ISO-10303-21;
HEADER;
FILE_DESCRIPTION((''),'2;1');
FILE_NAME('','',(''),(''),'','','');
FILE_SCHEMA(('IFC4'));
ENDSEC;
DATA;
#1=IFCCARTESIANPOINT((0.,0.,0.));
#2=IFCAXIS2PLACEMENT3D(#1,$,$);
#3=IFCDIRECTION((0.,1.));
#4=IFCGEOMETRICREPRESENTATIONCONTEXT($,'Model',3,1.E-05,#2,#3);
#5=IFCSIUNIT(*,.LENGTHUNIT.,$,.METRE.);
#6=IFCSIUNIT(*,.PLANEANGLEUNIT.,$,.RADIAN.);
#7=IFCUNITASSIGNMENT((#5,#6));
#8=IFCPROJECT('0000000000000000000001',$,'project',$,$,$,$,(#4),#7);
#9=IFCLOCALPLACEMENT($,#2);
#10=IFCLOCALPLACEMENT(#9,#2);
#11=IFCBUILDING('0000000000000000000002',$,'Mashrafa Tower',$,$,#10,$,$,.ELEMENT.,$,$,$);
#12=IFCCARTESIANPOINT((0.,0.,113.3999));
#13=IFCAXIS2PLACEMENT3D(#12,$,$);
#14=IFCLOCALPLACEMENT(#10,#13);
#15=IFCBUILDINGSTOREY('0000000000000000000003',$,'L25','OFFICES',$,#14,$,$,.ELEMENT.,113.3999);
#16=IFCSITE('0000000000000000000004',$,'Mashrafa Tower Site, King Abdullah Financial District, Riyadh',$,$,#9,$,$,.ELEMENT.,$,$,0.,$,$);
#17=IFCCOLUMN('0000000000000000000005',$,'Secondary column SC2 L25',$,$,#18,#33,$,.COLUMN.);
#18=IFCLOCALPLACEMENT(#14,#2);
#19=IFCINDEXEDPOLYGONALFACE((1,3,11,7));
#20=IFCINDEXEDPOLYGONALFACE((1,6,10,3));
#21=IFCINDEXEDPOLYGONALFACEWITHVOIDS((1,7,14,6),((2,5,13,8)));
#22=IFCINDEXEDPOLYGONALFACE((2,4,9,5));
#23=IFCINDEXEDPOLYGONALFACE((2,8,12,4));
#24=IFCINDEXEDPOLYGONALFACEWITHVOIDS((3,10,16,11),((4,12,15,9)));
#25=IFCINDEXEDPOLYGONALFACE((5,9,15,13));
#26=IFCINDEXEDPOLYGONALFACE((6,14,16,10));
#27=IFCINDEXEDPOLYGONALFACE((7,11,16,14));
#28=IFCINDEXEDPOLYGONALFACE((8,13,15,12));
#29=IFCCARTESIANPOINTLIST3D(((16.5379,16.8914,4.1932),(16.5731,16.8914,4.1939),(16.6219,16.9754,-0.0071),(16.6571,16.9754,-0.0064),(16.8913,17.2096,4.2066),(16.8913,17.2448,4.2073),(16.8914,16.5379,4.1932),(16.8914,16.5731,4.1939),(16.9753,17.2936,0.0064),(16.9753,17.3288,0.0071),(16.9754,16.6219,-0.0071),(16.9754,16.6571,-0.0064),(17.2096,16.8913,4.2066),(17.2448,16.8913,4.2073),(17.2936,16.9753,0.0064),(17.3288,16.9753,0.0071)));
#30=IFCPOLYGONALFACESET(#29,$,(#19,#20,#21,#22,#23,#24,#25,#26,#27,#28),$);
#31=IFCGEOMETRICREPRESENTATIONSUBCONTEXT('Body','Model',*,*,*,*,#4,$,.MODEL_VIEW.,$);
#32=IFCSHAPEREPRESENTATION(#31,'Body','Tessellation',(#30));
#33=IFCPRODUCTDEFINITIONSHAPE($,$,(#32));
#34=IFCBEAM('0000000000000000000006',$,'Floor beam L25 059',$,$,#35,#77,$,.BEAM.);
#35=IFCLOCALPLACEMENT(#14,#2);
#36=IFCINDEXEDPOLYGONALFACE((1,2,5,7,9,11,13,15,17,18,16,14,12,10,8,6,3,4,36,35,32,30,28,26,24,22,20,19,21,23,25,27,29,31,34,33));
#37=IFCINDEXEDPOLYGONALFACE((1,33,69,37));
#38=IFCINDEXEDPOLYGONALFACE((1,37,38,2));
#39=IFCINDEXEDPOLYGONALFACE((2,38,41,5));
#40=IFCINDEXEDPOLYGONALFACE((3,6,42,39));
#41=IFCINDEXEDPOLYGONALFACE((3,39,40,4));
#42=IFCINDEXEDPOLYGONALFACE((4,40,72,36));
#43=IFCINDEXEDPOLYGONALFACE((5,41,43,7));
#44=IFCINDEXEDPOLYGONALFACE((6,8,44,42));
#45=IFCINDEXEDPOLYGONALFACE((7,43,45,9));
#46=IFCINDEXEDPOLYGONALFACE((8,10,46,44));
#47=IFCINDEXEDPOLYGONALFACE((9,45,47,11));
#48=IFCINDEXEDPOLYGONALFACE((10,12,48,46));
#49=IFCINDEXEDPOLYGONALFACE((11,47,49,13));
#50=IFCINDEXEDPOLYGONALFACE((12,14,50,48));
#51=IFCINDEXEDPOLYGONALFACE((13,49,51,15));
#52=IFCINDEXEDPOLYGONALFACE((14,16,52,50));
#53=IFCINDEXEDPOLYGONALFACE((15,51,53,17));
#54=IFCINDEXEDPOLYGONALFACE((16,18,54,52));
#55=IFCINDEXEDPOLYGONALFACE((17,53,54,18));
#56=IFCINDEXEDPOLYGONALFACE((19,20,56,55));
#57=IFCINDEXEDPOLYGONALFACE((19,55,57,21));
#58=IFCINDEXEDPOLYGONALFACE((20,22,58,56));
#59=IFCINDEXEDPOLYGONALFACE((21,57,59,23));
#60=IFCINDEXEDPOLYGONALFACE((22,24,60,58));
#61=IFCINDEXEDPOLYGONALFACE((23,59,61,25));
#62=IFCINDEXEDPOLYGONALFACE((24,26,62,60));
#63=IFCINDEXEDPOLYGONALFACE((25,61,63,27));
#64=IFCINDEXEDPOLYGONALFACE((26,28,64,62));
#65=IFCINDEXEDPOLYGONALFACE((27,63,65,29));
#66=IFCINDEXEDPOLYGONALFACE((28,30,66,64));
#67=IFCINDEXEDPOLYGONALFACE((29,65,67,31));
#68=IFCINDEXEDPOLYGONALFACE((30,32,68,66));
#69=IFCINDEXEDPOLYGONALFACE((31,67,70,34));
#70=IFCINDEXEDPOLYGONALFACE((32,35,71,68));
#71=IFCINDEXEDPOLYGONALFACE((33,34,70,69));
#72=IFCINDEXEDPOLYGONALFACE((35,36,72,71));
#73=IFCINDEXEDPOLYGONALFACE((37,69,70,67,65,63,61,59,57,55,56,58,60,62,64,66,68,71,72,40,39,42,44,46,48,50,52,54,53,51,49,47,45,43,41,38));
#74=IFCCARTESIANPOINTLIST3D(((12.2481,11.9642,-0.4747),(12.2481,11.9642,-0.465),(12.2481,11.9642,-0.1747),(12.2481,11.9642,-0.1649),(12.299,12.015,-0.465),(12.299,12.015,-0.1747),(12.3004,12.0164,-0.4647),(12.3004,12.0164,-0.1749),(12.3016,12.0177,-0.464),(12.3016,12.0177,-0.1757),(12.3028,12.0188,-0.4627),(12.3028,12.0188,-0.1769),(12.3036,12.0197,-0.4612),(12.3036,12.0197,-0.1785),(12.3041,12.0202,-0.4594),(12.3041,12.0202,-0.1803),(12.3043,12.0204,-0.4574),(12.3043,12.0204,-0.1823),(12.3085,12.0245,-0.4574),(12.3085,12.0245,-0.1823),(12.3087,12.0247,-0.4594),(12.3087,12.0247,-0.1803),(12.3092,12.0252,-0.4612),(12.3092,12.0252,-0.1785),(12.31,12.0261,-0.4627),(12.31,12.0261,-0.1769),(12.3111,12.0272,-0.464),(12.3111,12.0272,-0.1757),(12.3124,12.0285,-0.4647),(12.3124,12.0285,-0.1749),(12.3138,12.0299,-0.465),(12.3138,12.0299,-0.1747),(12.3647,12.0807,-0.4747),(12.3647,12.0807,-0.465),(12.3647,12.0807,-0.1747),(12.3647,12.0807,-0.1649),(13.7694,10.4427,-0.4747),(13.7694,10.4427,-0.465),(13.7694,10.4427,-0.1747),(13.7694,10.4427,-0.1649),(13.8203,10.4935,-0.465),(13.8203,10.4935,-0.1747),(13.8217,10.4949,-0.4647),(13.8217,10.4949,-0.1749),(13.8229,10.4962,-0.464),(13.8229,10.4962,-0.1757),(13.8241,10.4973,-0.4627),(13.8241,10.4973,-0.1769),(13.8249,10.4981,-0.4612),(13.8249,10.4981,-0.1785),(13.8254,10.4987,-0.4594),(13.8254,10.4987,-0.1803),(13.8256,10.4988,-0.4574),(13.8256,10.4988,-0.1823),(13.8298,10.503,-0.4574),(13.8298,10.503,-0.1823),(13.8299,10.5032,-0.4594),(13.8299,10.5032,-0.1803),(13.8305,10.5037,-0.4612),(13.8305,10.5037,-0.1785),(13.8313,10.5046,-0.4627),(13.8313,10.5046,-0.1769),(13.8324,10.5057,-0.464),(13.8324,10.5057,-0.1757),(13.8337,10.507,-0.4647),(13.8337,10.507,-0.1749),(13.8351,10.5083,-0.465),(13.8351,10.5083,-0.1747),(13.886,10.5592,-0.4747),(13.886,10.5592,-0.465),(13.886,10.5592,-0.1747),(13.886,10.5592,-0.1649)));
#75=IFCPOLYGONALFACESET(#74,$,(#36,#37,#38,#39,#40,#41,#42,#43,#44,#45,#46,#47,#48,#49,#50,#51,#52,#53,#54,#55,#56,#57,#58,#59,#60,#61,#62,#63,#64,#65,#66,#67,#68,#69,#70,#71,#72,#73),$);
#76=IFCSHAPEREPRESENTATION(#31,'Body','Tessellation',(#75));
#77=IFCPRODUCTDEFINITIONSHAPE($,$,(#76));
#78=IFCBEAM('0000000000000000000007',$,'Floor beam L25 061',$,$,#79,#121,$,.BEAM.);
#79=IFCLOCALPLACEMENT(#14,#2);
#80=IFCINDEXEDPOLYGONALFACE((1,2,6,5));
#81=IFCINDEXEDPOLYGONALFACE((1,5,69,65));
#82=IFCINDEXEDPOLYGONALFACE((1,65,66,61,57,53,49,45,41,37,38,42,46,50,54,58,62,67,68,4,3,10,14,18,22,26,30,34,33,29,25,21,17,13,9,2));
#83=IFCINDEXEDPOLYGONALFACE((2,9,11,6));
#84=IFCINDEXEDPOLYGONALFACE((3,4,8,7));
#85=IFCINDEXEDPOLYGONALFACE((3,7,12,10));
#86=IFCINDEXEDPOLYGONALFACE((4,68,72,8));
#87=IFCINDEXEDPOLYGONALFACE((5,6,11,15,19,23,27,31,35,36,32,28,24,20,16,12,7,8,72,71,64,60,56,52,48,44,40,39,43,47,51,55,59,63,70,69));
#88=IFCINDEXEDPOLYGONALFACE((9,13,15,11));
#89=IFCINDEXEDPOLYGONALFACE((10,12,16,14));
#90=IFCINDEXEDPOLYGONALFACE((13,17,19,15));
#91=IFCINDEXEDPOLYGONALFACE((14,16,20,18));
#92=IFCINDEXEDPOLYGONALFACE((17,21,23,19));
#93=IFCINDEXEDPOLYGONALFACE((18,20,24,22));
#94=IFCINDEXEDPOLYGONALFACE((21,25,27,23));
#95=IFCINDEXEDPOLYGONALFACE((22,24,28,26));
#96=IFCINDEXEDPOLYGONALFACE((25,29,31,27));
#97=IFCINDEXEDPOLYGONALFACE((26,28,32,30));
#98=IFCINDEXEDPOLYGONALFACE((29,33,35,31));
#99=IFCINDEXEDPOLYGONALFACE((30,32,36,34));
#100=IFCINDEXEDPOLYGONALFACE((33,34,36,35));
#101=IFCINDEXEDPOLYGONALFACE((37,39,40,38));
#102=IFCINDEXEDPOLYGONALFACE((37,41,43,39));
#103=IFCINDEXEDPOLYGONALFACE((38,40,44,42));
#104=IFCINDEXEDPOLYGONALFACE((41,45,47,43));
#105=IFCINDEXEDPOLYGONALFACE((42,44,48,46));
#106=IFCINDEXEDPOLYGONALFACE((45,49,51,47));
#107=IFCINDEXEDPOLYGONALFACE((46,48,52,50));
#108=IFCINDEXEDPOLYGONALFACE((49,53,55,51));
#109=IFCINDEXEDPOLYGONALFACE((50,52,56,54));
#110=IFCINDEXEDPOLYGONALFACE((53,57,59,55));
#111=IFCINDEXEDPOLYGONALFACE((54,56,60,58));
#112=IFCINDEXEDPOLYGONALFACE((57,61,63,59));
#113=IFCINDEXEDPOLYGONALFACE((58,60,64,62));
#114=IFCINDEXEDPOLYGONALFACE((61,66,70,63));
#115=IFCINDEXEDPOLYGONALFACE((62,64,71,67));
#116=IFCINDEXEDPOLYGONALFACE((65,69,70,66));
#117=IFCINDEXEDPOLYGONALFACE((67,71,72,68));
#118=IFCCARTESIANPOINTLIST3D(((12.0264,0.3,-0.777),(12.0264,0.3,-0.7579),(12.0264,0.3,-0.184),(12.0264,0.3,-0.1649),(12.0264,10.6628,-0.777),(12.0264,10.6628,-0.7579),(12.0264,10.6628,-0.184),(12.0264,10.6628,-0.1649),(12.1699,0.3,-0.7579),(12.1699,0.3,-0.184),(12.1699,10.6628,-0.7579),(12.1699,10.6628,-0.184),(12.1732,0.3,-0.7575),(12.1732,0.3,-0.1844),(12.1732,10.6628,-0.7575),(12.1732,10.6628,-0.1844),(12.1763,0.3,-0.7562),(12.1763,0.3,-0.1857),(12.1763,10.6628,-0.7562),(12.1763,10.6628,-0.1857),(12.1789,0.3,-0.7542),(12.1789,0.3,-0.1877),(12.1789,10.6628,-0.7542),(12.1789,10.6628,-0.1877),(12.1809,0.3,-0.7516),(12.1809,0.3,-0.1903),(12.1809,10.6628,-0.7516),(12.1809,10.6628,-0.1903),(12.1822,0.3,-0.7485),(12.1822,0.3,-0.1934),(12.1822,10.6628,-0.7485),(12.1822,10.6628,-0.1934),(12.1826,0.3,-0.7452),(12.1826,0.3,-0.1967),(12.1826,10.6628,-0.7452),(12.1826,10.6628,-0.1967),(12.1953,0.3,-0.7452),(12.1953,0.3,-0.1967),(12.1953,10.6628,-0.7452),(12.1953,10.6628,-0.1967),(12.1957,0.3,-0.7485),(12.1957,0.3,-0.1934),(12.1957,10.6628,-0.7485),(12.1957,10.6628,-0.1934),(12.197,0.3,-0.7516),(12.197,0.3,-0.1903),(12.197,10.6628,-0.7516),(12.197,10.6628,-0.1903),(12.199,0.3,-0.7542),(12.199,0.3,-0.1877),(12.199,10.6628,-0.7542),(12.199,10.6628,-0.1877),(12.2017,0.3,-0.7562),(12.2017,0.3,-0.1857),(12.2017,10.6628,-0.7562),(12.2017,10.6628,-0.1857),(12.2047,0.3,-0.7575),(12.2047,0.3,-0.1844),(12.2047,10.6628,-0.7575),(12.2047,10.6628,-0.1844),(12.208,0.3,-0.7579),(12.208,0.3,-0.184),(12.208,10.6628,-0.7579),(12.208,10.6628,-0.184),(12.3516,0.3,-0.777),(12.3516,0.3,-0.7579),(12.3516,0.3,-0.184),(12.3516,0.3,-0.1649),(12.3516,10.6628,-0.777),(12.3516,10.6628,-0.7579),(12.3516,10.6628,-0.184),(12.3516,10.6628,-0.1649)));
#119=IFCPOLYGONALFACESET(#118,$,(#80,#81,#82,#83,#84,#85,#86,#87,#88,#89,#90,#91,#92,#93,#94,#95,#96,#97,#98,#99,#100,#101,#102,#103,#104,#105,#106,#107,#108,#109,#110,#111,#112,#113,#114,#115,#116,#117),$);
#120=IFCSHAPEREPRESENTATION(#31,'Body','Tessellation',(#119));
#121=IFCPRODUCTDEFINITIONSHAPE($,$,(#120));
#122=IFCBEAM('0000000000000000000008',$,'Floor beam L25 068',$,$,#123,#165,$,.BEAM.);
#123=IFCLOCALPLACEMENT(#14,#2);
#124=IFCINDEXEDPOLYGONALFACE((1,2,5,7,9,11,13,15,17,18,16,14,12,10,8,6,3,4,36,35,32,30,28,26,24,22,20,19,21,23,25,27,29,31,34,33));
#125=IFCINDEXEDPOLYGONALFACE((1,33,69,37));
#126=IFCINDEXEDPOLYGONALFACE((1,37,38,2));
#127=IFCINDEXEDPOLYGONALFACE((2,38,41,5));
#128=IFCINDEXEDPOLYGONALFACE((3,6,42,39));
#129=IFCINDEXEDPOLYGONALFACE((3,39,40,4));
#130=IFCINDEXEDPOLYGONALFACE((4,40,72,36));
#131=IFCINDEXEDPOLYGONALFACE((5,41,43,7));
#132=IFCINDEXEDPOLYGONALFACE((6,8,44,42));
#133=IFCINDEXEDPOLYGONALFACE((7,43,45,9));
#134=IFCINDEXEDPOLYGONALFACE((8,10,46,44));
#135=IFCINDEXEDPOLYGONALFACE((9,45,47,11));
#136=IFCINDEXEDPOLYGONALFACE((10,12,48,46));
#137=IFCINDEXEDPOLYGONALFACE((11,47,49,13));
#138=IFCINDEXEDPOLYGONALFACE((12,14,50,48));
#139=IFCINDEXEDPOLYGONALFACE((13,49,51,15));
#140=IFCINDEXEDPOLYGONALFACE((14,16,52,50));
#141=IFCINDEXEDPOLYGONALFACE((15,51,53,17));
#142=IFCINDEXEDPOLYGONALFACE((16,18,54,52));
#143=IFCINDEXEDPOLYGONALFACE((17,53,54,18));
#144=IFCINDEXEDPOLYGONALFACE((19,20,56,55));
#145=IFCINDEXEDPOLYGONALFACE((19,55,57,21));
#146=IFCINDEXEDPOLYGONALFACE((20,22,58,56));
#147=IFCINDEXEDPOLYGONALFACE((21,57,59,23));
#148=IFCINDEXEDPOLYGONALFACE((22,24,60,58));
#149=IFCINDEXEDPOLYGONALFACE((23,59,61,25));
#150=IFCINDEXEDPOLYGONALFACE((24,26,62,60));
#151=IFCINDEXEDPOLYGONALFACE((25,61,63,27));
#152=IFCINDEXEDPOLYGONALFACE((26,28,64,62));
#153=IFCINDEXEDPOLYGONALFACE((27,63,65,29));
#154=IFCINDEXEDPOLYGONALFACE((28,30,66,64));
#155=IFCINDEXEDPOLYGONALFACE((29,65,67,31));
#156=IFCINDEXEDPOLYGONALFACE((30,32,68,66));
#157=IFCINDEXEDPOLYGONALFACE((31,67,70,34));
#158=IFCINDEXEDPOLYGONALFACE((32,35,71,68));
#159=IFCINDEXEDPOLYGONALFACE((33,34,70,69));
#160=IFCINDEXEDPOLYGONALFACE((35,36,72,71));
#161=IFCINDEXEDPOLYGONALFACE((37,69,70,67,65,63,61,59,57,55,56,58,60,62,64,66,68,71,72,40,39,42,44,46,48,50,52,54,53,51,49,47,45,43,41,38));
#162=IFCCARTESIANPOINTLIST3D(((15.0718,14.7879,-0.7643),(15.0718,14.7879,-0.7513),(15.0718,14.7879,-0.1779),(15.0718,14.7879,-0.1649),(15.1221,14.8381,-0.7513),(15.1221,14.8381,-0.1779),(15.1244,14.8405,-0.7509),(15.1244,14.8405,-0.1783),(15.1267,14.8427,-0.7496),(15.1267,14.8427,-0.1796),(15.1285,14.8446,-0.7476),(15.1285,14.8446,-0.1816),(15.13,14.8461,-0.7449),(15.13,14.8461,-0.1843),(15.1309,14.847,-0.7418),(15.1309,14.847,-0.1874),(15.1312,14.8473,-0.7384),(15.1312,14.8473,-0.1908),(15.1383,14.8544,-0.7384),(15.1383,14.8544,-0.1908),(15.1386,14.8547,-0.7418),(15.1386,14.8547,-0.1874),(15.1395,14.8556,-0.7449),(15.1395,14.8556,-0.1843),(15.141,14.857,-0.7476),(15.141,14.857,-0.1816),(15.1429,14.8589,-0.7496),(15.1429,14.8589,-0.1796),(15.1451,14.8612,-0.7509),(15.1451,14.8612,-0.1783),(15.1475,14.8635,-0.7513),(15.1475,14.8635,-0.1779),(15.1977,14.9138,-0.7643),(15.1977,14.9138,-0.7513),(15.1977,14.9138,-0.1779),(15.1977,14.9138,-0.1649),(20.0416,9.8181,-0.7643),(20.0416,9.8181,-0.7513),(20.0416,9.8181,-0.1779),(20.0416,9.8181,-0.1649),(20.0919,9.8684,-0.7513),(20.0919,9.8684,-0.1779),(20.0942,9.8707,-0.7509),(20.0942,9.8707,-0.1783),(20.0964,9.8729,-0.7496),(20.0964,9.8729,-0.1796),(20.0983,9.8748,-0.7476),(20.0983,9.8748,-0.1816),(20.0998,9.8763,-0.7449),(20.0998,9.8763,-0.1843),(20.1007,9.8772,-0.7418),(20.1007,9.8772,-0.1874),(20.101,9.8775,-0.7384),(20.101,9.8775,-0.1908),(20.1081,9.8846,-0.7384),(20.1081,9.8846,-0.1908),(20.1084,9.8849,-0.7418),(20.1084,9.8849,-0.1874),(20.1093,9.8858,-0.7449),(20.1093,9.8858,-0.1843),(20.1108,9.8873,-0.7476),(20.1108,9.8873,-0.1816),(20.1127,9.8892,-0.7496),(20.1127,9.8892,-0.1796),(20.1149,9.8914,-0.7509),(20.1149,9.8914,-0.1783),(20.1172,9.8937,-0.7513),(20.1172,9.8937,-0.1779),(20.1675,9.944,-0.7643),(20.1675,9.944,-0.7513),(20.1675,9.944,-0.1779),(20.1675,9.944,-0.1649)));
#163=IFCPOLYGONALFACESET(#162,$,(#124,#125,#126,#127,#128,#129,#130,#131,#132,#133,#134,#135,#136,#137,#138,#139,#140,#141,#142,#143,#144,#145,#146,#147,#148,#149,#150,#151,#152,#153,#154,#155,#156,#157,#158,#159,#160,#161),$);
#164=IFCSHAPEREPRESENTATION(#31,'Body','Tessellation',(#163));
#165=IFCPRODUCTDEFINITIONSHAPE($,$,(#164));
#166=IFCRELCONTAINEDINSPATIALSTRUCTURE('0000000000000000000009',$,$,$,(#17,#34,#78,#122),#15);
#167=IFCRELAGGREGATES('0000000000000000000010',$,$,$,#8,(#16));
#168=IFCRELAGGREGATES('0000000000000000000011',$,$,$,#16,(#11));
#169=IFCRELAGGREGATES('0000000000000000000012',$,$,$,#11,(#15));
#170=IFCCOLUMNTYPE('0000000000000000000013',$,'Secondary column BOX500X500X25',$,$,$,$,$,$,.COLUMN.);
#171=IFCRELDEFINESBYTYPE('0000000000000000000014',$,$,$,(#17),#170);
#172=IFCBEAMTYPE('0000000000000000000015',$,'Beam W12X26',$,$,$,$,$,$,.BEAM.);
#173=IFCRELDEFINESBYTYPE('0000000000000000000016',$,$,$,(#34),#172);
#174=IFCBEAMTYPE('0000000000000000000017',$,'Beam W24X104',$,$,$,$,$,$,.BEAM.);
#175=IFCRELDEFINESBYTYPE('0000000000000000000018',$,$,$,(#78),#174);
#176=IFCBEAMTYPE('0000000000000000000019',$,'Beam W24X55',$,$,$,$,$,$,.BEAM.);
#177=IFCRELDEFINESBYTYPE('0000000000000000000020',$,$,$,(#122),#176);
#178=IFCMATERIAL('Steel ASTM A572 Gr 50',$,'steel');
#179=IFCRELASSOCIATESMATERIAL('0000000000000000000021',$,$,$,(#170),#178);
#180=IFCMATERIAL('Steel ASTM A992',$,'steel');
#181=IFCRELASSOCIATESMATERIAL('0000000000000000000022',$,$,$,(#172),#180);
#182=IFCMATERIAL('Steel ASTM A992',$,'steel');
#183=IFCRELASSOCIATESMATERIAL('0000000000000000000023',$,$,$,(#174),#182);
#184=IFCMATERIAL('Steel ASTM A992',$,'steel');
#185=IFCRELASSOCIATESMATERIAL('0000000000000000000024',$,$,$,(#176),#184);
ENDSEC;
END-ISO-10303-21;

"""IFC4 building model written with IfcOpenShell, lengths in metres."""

from ifc_helpers import new_model, si_unit, direction, frame, origin, origin_2d, place, context, subcontext, project, spatial, hollow_rectangle, i_section, extrude, material, material_profile, profile_set, type_object, element, save


model = new_model("IFC4")

# Units and contexts
model_context = context("Model", 3, precision=1e-05, world=origin(), true_north=direction((0.0, 1.0)))
body_context = subcontext(model_context, "Body", "Model", "MODEL_VIEW")
ifc_project = project(units=[si_unit("LENGTHUNIT", "METRE"), si_unit("PLANEANGLEUNIT", "RADIAN")], contexts=[model_context])

# Site, building, storey
site_placement = place(None, origin())
site = spatial("IfcSite", under=ifc_project, at=site_placement, Name="Mashrafa Tower Site, King Abdullah Financial District, Riyadh", CompositionType="ELEMENT", RefElevation=0.0)
building_placement = place(site_placement, origin())
building = spatial("IfcBuilding", under=site, at=building_placement, Name="Mashrafa Tower", CompositionType="ELEMENT")
storey_placement = place(building_placement, frame((0.0, 0.0, 113.3999)))
storey = spatial("IfcBuildingStorey", under=building, at=storey_placement, Name="L25", Description="OFFICES", CompositionType="ELEMENT", Elevation=113.3999)

# Column
ifc_material_1 = material(Name="Steel ASTM A572 Gr 50", Category="steel")
ifc_material_profile_1 = material_profile(ifc_material_1, hollow_rectangle(XDim=0.5, YDim=0.5, WallThickness=0.0249, at=origin_2d()), Name="BOX500X500X25")
ifc_profile_set_1 = profile_set([ifc_material_profile_1], Name="Steel ASTM A572 Gr 50")
column_type = type_object("IfcColumnType", Name="Secondary column BOX500X500X25", PredefinedType="COLUMN", material=ifc_profile_set_1)
column_placement = place(storey_placement, frame((16.9753, 16.9753, 0.0), z_axis=(-0.019987, -0.019987, 0.9996), x_axis=(0.707107, -0.707107, 0.0)))
element("IfcColumn", 1, at=column_placement, inside=storey, type_object=column_type, Name="Secondary column SC2 L25", PredefinedType="COLUMN", context=body_context, shape_type="SweptSolid", body=[
    extrude(hollow_rectangle(XDim=0.5, YDim=0.5, WallThickness=0.0249, at=origin_2d()), origin(), (0.0, 0.0, 1.0), 4.2019),
])

# Beams
ifc_material_2 = material(Name="Steel ASTM A992", Category="steel")
ifc_material_profile_2 = material_profile(ifc_material_2, i_section(OverallWidth=0.1648, OverallDepth=0.3098, WebThickness=0.0059, FlangeThickness=0.0098, FilletRadius=0.0076, at=origin_2d()), Name="W12X26")
ifc_profile_set_2 = profile_set([ifc_material_profile_2], Name="Steel ASTM A992")
beam_type_1 = type_object("IfcBeamType", Name="Beam W12X26", PredefinedType="BEAM", material=ifc_profile_set_2)
beam_1_placement = place(storey_placement, frame((12.3064, 12.0225, -0.3198), z_axis=(0.70705, -0.707164, 0.0), x_axis=(0.707164, 0.70705, 0.0)))
element("IfcBeam", 2, at=beam_1_placement, inside=storey, type_object=beam_type_1, Name="Floor beam L25 059", PredefinedType="BEAM", context=body_context, shape_type="SweptSolid", body=[
    extrude(i_section(OverallWidth=0.1648, OverallDepth=0.3098, WebThickness=0.0059, FlangeThickness=0.0098, FilletRadius=0.0076, at=origin_2d()), origin(), (0.0, 0.0, 1.0), 2.1516),
])
ifc_material_3 = material(Name="Steel ASTM A992", Category="steel")
ifc_material_profile_3 = material_profile(ifc_material_3, i_section(OverallWidth=0.3252, OverallDepth=0.6121, WebThickness=0.0127, FlangeThickness=0.019, FilletRadius=0.0127, at=origin_2d()), Name="W24X104")
ifc_profile_set_3 = profile_set([ifc_material_profile_3], Name="Steel ASTM A992")
beam_type_2 = type_object("IfcBeamType", Name="Beam W24X104", PredefinedType="BEAM", material=ifc_profile_set_3)
beam_2_placement = place(storey_placement, frame((12.189, 10.6628, -0.4709), z_axis=(0.0, -1.0, 0.0), x_axis=(1.0, 0.0, 0.0)))
element("IfcBeam", 3, at=beam_2_placement, inside=storey, type_object=beam_type_2, Name="Floor beam L25 061", PredefinedType="BEAM", context=body_context, shape_type="SweptSolid", body=[
    extrude(i_section(OverallWidth=0.3252, OverallDepth=0.6121, WebThickness=0.0127, FlangeThickness=0.019, FilletRadius=0.0127, at=origin_2d()), origin(), (0.0, 0.0, 1.0), 10.3628),
])
ifc_material_4 = material(Name="Steel ASTM A992", Category="steel")
ifc_material_profile_4 = material_profile(ifc_material_4, i_section(OverallWidth=0.178, OverallDepth=0.5994, WebThickness=0.01, FlangeThickness=0.0129, FilletRadius=0.0129, at=origin_2d()), Name="W24X55")
ifc_profile_set_4 = profile_set([ifc_material_profile_4], Name="Steel ASTM A992")
beam_type_3 = type_object("IfcBeamType", Name="Beam W24X55", PredefinedType="BEAM", material=ifc_profile_set_4)
beam_3_placement = place(storey_placement, frame((15.1348, 14.8508, -0.4646), z_axis=(0.707107, -0.707107, 0.0), x_axis=(0.707107, 0.707107, 0.0)))
element("IfcBeam", 4, at=beam_3_placement, inside=storey, type_object=beam_type_3, Name="Floor beam L25 068", PredefinedType="BEAM", context=body_context, shape_type="SweptSolid", body=[
    extrude(i_section(OverallWidth=0.178, OverallDepth=0.5994, WebThickness=0.01, FlangeThickness=0.0129, FilletRadius=0.0129, at=origin_2d()), origin(), (0.0, 0.0, 1.0), 7.0283),
])

save(model, "model.ifc")
